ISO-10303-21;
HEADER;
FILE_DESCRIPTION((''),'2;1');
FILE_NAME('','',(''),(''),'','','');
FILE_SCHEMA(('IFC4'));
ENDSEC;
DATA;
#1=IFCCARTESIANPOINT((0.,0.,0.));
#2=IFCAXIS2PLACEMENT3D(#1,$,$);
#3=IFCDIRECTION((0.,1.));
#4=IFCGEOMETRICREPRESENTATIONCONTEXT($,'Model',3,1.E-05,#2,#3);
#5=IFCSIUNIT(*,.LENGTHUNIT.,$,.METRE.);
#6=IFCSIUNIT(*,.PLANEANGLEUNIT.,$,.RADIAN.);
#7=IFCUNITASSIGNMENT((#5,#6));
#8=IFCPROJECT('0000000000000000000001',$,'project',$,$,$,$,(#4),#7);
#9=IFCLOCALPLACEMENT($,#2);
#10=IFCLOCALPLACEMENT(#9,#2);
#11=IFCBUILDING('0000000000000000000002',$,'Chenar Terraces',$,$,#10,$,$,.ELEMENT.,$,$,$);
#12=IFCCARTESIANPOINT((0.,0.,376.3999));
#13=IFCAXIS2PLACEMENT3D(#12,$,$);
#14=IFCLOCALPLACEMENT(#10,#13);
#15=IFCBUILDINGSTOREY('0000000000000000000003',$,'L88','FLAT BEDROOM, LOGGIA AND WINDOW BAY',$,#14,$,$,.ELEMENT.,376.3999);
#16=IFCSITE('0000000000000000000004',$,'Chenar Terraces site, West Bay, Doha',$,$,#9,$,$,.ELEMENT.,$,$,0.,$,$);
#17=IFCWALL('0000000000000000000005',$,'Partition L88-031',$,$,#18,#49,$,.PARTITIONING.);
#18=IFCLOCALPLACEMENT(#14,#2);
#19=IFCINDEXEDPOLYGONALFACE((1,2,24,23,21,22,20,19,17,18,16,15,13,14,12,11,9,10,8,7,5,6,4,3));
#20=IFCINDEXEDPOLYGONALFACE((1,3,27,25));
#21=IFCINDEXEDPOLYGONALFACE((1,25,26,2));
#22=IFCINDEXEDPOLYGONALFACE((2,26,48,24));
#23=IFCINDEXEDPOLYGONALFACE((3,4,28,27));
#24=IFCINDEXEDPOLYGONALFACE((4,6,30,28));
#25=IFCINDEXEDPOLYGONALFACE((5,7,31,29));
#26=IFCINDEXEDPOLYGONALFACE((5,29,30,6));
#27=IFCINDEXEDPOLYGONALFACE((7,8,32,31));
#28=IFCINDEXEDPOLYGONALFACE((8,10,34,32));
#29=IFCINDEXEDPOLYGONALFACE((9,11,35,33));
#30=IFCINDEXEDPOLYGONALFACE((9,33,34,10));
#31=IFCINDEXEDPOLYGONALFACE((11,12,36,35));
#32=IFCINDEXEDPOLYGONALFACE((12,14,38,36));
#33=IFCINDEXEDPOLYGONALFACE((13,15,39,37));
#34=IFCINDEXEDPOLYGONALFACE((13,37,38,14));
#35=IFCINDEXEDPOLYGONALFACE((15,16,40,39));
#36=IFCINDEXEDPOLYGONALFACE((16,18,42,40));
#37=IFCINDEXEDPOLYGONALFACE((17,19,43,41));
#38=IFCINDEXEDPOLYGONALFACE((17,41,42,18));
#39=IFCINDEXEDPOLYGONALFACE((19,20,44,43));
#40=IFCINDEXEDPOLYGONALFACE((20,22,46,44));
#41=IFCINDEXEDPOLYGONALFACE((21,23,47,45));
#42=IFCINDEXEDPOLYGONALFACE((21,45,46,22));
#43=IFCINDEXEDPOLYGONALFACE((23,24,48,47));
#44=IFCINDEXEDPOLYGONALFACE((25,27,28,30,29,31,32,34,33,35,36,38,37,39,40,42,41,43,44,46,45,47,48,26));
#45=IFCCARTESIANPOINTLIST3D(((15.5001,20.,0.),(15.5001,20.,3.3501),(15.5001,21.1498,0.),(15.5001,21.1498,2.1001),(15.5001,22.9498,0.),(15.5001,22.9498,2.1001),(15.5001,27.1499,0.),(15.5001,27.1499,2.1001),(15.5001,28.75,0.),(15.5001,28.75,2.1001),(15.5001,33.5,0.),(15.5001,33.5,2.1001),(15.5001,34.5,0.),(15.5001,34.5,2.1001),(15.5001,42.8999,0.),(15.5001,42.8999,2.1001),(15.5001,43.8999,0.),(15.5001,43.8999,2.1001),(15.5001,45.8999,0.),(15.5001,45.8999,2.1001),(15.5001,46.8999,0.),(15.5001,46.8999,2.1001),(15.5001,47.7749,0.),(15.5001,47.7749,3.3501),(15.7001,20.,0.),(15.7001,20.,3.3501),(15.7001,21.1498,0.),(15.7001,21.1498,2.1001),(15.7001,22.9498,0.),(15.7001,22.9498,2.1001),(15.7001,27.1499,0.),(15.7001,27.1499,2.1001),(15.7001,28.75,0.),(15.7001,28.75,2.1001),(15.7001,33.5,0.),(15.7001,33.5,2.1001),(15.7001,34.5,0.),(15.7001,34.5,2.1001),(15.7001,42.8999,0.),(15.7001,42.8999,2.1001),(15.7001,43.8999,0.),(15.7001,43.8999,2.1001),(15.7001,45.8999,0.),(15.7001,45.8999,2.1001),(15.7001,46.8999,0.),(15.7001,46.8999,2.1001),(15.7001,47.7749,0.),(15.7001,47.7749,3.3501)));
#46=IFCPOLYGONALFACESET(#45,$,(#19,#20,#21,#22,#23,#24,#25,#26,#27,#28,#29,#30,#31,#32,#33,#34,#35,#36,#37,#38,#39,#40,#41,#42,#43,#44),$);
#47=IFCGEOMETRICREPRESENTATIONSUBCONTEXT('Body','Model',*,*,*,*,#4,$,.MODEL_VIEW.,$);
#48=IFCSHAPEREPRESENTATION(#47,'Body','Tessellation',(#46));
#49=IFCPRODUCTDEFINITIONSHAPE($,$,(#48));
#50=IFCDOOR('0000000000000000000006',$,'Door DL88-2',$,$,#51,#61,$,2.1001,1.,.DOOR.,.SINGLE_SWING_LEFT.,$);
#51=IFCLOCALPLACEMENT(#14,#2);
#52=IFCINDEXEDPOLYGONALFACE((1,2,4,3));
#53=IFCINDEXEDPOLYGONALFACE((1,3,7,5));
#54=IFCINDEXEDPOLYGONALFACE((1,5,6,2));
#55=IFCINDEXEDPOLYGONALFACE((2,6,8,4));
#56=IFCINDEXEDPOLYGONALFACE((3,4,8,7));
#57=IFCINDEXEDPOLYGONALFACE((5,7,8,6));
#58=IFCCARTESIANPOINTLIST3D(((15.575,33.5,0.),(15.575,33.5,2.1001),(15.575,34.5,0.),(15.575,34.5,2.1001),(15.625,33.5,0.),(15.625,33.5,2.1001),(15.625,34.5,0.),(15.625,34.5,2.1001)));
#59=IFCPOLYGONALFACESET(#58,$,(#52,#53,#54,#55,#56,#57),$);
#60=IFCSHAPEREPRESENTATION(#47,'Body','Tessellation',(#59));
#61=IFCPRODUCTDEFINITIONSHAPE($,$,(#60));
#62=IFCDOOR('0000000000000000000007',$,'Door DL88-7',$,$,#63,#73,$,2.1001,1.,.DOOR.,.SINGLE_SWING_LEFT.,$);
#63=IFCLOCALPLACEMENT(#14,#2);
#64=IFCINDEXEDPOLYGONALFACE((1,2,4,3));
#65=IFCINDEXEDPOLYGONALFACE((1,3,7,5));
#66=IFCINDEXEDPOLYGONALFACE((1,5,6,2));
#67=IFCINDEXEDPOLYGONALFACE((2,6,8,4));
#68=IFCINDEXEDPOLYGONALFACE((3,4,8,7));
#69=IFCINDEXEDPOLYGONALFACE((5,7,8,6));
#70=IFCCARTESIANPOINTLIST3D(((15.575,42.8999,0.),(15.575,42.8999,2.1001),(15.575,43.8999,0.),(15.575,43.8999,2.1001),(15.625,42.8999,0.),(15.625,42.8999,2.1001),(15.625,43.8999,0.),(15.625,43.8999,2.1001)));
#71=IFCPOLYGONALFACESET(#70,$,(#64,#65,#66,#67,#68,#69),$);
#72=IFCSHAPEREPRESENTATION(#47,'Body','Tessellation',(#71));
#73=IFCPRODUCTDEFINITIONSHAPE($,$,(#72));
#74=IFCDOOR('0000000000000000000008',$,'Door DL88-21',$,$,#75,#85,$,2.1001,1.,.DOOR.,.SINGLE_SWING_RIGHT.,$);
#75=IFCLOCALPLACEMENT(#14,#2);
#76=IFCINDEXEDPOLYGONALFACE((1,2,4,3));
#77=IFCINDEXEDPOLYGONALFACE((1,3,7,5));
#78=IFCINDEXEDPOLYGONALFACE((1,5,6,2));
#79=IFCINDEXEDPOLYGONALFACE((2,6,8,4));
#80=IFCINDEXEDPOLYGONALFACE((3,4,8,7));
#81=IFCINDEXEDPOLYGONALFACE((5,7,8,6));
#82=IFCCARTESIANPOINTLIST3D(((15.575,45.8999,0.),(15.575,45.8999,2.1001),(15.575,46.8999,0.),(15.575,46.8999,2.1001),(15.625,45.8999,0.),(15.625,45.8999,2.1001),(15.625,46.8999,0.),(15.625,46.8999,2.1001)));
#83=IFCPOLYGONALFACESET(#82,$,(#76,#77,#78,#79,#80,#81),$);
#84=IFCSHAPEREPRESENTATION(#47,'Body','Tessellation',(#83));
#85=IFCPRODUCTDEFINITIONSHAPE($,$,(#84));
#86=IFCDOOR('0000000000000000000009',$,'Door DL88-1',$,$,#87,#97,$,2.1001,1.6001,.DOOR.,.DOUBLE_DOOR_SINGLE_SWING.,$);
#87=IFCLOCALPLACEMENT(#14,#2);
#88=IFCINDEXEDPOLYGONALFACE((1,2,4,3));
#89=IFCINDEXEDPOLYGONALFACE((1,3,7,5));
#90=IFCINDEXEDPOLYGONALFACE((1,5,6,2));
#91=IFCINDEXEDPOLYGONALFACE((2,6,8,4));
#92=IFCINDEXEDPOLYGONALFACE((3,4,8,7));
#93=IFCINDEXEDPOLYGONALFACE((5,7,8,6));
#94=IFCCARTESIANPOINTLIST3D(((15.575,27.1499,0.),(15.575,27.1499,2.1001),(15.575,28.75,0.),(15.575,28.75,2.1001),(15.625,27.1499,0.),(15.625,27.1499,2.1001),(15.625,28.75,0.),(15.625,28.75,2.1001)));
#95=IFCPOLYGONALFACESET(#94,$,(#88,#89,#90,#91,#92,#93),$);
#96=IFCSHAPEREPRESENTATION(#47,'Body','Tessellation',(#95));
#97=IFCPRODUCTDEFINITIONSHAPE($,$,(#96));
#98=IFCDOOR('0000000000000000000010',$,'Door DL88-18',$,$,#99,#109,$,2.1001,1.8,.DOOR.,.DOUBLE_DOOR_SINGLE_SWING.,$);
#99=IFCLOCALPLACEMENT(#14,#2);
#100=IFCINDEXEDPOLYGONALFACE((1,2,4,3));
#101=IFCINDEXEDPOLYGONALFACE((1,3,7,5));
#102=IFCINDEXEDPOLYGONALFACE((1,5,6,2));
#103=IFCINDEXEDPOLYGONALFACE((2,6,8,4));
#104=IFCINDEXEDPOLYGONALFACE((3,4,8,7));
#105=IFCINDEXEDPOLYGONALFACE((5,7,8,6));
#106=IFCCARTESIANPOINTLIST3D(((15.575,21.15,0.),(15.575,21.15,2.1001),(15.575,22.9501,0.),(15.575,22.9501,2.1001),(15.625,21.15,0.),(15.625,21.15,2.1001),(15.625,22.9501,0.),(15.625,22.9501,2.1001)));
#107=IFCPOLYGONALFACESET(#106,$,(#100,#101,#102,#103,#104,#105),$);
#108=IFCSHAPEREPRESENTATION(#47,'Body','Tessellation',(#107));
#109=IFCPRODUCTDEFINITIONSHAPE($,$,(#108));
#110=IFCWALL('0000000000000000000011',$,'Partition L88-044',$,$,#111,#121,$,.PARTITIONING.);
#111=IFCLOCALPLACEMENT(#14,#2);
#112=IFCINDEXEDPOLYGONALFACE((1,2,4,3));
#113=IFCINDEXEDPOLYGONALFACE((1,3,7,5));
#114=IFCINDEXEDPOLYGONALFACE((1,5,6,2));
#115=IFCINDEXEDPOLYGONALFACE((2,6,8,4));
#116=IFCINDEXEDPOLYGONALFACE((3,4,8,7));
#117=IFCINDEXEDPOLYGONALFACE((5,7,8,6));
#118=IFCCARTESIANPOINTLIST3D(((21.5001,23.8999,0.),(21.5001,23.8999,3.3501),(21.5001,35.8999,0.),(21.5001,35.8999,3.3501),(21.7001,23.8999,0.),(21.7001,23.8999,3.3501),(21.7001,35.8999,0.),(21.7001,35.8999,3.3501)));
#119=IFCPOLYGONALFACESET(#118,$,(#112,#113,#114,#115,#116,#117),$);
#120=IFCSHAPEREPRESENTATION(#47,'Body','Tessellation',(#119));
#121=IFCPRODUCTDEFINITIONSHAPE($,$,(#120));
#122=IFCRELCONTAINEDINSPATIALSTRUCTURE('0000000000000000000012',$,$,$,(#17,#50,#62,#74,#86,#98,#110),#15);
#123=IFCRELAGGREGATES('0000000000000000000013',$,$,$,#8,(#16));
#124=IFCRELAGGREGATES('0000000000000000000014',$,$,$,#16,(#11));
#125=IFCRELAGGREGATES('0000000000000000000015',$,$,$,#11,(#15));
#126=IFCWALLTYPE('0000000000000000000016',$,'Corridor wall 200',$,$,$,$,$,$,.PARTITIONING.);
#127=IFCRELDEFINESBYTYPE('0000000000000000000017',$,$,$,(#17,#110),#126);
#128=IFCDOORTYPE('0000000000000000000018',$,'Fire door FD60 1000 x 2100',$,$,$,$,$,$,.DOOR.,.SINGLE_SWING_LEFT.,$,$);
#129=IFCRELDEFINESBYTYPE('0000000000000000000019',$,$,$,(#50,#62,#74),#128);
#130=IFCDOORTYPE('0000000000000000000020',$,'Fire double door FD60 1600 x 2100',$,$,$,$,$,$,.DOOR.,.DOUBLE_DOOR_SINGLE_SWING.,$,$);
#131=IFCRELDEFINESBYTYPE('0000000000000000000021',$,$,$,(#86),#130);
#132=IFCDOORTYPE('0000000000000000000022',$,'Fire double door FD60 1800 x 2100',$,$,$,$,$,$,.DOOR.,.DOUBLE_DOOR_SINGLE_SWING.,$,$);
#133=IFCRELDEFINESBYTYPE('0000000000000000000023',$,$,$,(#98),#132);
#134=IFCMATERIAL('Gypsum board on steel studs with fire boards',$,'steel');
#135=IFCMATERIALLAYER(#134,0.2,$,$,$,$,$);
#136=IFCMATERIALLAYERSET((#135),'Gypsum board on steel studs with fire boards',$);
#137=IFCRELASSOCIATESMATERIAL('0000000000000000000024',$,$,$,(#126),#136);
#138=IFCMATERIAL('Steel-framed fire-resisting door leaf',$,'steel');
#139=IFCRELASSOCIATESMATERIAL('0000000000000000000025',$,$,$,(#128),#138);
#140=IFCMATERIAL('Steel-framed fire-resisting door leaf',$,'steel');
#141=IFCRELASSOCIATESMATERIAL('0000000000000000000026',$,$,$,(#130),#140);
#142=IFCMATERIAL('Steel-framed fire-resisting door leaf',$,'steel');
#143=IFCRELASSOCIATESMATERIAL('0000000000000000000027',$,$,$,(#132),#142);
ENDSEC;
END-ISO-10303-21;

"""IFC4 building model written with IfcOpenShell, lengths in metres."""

from ifc_helpers import new_model, si_unit, direction, frame, frame_2d, origin, place, context, subcontext, project, spatial, rectangle, extrude, material, layer, layer_set, type_object, element, fill, save


model = new_model("IFC4")

# Units and contexts
model_context = context("Model", 3, precision=1e-05, world=origin(), true_north=direction((0.0, 1.0)))
body_context = subcontext(model_context, "Body", "Model", "MODEL_VIEW")
ifc_project = project(units=[si_unit("LENGTHUNIT", "METRE"), si_unit("PLANEANGLEUNIT", "RADIAN")], contexts=[model_context])

# Site, building, storey
site_placement = place(None, origin())
site = spatial("IfcSite", under=ifc_project, at=site_placement, Name="Chenar Terraces site, West Bay, Doha", CompositionType="ELEMENT", RefElevation=0.0)
building_placement = place(site_placement, origin())
building = spatial("IfcBuilding", under=site, at=building_placement, Name="Chenar Terraces", CompositionType="ELEMENT")
storey_placement = place(building_placement, frame((0.0, 0.0, 376.3999)))
storey = spatial("IfcBuildingStorey", under=building, at=storey_placement, Name="L88", Description="FLAT BEDROOM, LOGGIA AND WINDOW BAY", CompositionType="ELEMENT", Elevation=376.3999)

# Wall, openings, doors
ifc_material_1 = material(Name="Gypsum board on steel studs with fire boards", Category="steel")
ifc_layer_1 = layer(ifc_material_1, 0.2)
ifc_layer_set_1 = layer_set([ifc_layer_1], Name="Gypsum board on steel studs with fire boards")
wall_type_1 = type_object("IfcWallType", Name="Corridor wall 200", PredefinedType="PARTITIONING", material=ifc_layer_set_1)
wall_1_placement = place(storey_placement, frame((15.6001, 20.0, 0.0), z_axis=(0.0, 0.0, 1.0), x_axis=(0.0, 1.0, 0.0)))
wall_1 = element("IfcWall", 1, at=wall_1_placement, inside=storey, type_object=wall_type_1, Name="Partition L88-031", PredefinedType="PARTITIONING", context=body_context, shape_type="SweptSolid", body=[
    extrude(rectangle(XDim=27.7749, YDim=0.2, at=frame_2d((13.8875, 0.0))), origin(), (0.0, 0.0, 1.0), 3.3501),
])
opening_1_placement = place(wall_1_placement, frame((7.1499, 0.0, 0.0)))
opening_1 = element("IfcOpeningElement", 2, at=opening_1_placement, cuts=wall_1, PredefinedType="OPENING", context=body_context, shape_type="SweptSolid", body=[
    extrude(rectangle(XDim=1.6001, YDim=2.1001, at=frame_2d((0.8, 1.05))), frame((0.0, 0.1099, 0.0), z_axis=(0.0, -1.0, 0.0), x_axis=(1.0, 0.0, 0.0)), (0.0, 0.0, 1.0), 0.22),
])
opening_2_placement = place(wall_1_placement, frame((13.5, 0.0, 0.0)))
opening_2 = element("IfcOpeningElement", 3, at=opening_2_placement, cuts=wall_1, PredefinedType="OPENING", context=body_context, shape_type="SweptSolid", body=[
    extrude(rectangle(XDim=1.0, YDim=2.1001, at=frame_2d((0.5, 1.05))), frame((0.0, 0.1099, 0.0), z_axis=(0.0, -1.0, 0.0), x_axis=(1.0, 0.0, 0.0)), (0.0, 0.0, 1.0), 0.22),
])
opening_3_placement = place(wall_1_placement, frame((22.8999, 0.0, 0.0)))
opening_3 = element("IfcOpeningElement", 4, at=opening_3_placement, cuts=wall_1, PredefinedType="OPENING", context=body_context, shape_type="SweptSolid", body=[
    extrude(rectangle(XDim=1.0, YDim=2.1001, at=frame_2d((0.5, 1.05))), frame((0.0, 0.1099, 0.0), z_axis=(0.0, -1.0, 0.0), x_axis=(1.0, 0.0, 0.0)), (0.0, 0.0, 1.0), 0.22),
])
opening_4_placement = place(wall_1_placement, frame((1.1499, 0.0, 0.0)))
opening_4 = element("IfcOpeningElement", 5, at=opening_4_placement, cuts=wall_1, PredefinedType="OPENING", context=body_context, shape_type="SweptSolid", body=[
    extrude(rectangle(XDim=1.8, YDim=2.1001, at=frame_2d((0.8999, 1.05))), frame((0.0, 0.1099, 0.0), z_axis=(0.0, -1.0, 0.0), x_axis=(1.0, 0.0, 0.0)), (0.0, 0.0, 1.0), 0.22),
])
opening_5_placement = place(wall_1_placement, frame((25.8999, 0.0, 0.0)))
opening_5 = element("IfcOpeningElement", 6, at=opening_5_placement, cuts=wall_1, PredefinedType="OPENING", context=body_context, shape_type="SweptSolid", body=[
    extrude(rectangle(XDim=1.0, YDim=2.1001, at=frame_2d((0.5, 1.05))), frame((0.0, 0.1099, 0.0), z_axis=(0.0, -1.0, 0.0), x_axis=(1.0, 0.0, 0.0)), (0.0, 0.0, 1.0), 0.22),
])
ifc_material_2 = material(Name="Steel-framed fire-resisting door leaf", Category="steel")
door_type_1 = type_object("IfcDoorType", Name="Fire door FD60 1000 x 2100", OperationType="SINGLE_SWING_LEFT", PredefinedType="DOOR", material=ifc_material_2)
door_1_placement = place(opening_2_placement, frame((1.0, 0.0, 0.0), z_axis=(0.0, 0.0, 1.0), x_axis=(-1.0, 0.0, 0.0)))
door_1 = element("IfcDoor", 7, at=door_1_placement, inside=storey, type_object=door_type_1, Name="Door DL88-2", OperationType="SINGLE_SWING_LEFT", OverallHeight=2.1001, OverallWidth=1.0, PredefinedType="DOOR", context=body_context, shape_type="SweptSolid", body=[
    extrude(rectangle(XDim=1.0, YDim=2.1001, at=frame_2d((0.5, 1.05))), frame((0.0, 0.0249, 0.0), z_axis=(0.0, -1.0, 0.0), x_axis=(1.0, 0.0, 0.0)), (0.0, 0.0, 1.0), 0.05),
])
fill(opening_2, door_1)
door_2_placement = place(opening_3_placement, frame((1.0, 0.0, 0.0), z_axis=(0.0, 0.0, 1.0), x_axis=(-1.0, 0.0, 0.0)))
door_2 = element("IfcDoor", 8, at=door_2_placement, inside=storey, type_object=door_type_1, Name="Door DL88-7", OperationType="SINGLE_SWING_LEFT", OverallHeight=2.1001, OverallWidth=1.0, PredefinedType="DOOR", context=body_context, shape_type="SweptSolid", body=[
    extrude(rectangle(XDim=1.0, YDim=2.1001, at=frame_2d((0.5, 1.05))), frame((0.0, 0.0249, 0.0), z_axis=(0.0, -1.0, 0.0), x_axis=(1.0, 0.0, 0.0)), (0.0, 0.0, 1.0), 0.05),
])
fill(opening_3, door_2)
door_3_placement = place(opening_5_placement, frame((1.0, 0.0, 0.0), z_axis=(0.0, 0.0, 1.0), x_axis=(-1.0, 0.0, 0.0)))
door_3 = element("IfcDoor", 9, at=door_3_placement, inside=storey, type_object=door_type_1, Name="Door DL88-21", OperationType="SINGLE_SWING_RIGHT", OverallHeight=2.1001, OverallWidth=1.0, PredefinedType="DOOR", context=body_context, shape_type="SweptSolid", body=[
    extrude(rectangle(XDim=1.0, YDim=2.1001, at=frame_2d((0.5, 1.05))), frame((0.0, 0.0249, 0.0), z_axis=(0.0, -1.0, 0.0), x_axis=(1.0, 0.0, 0.0)), (0.0, 0.0, 1.0), 0.05),
])
fill(opening_5, door_3)
ifc_material_3 = material(Name="Steel-framed fire-resisting door leaf", Category="steel")
door_type_2 = type_object("IfcDoorType", Name="Fire double door FD60 1600 x 2100", OperationType="DOUBLE_DOOR_SINGLE_SWING", PredefinedType="DOOR", material=ifc_material_3)
door_4_placement = place(opening_1_placement, frame((1.6001, 0.0, 0.0), z_axis=(0.0, 0.0, 1.0), x_axis=(-1.0, 0.0, 0.0)))
door_4 = element("IfcDoor", 10, at=door_4_placement, inside=storey, type_object=door_type_2, Name="Door DL88-1", OperationType="DOUBLE_DOOR_SINGLE_SWING", OverallHeight=2.1001, OverallWidth=1.6001, PredefinedType="DOOR", context=body_context, shape_type="SweptSolid", body=[
    extrude(rectangle(XDim=1.6001, YDim=2.1001, at=frame_2d((0.8, 1.05))), frame((0.0, 0.0249, 0.0), z_axis=(0.0, -1.0, 0.0), x_axis=(1.0, 0.0, 0.0)), (0.0, 0.0, 1.0), 0.05),
])
fill(opening_1, door_4)
ifc_material_4 = material(Name="Steel-framed fire-resisting door leaf", Category="steel")
door_type_3 = type_object("IfcDoorType", Name="Fire double door FD60 1800 x 2100", OperationType="DOUBLE_DOOR_SINGLE_SWING", PredefinedType="DOOR", material=ifc_material_4)
door_5_placement = place(opening_4_placement, frame((1.8, 0.0, 0.0), z_axis=(0.0, 0.0, 1.0), x_axis=(-1.0, 0.0, 0.0)))
door_5 = element("IfcDoor", 11, at=door_5_placement, inside=storey, type_object=door_type_3, Name="Door DL88-18", OperationType="DOUBLE_DOOR_SINGLE_SWING", OverallHeight=2.1001, OverallWidth=1.8, PredefinedType="DOOR", context=body_context, shape_type="SweptSolid", body=[
    extrude(rectangle(XDim=1.8, YDim=2.1001, at=frame_2d((0.8999, 1.05))), frame((0.0, 0.0249, 0.0), z_axis=(0.0, -1.0, 0.0), x_axis=(1.0, 0.0, 0.0)), (0.0, 0.0, 1.0), 0.05),
])
fill(opening_4, door_5)

# Wall
wall_2_placement = place(storey_placement, frame((21.6001, 23.8999, 0.0), z_axis=(0.0, 0.0, 1.0), x_axis=(0.0, 1.0, 0.0)))
element("IfcWall", 12, at=wall_2_placement, inside=storey, type_object=wall_type_1, Name="Partition L88-044", PredefinedType="PARTITIONING", context=body_context, shape_type="SweptSolid", body=[
    extrude(rectangle(XDim=12.0, YDim=0.2, at=frame_2d((6.0, 0.0))), origin(), (0.0, 0.0, 1.0), 3.3501),
])

save(model, "model.ifc")
